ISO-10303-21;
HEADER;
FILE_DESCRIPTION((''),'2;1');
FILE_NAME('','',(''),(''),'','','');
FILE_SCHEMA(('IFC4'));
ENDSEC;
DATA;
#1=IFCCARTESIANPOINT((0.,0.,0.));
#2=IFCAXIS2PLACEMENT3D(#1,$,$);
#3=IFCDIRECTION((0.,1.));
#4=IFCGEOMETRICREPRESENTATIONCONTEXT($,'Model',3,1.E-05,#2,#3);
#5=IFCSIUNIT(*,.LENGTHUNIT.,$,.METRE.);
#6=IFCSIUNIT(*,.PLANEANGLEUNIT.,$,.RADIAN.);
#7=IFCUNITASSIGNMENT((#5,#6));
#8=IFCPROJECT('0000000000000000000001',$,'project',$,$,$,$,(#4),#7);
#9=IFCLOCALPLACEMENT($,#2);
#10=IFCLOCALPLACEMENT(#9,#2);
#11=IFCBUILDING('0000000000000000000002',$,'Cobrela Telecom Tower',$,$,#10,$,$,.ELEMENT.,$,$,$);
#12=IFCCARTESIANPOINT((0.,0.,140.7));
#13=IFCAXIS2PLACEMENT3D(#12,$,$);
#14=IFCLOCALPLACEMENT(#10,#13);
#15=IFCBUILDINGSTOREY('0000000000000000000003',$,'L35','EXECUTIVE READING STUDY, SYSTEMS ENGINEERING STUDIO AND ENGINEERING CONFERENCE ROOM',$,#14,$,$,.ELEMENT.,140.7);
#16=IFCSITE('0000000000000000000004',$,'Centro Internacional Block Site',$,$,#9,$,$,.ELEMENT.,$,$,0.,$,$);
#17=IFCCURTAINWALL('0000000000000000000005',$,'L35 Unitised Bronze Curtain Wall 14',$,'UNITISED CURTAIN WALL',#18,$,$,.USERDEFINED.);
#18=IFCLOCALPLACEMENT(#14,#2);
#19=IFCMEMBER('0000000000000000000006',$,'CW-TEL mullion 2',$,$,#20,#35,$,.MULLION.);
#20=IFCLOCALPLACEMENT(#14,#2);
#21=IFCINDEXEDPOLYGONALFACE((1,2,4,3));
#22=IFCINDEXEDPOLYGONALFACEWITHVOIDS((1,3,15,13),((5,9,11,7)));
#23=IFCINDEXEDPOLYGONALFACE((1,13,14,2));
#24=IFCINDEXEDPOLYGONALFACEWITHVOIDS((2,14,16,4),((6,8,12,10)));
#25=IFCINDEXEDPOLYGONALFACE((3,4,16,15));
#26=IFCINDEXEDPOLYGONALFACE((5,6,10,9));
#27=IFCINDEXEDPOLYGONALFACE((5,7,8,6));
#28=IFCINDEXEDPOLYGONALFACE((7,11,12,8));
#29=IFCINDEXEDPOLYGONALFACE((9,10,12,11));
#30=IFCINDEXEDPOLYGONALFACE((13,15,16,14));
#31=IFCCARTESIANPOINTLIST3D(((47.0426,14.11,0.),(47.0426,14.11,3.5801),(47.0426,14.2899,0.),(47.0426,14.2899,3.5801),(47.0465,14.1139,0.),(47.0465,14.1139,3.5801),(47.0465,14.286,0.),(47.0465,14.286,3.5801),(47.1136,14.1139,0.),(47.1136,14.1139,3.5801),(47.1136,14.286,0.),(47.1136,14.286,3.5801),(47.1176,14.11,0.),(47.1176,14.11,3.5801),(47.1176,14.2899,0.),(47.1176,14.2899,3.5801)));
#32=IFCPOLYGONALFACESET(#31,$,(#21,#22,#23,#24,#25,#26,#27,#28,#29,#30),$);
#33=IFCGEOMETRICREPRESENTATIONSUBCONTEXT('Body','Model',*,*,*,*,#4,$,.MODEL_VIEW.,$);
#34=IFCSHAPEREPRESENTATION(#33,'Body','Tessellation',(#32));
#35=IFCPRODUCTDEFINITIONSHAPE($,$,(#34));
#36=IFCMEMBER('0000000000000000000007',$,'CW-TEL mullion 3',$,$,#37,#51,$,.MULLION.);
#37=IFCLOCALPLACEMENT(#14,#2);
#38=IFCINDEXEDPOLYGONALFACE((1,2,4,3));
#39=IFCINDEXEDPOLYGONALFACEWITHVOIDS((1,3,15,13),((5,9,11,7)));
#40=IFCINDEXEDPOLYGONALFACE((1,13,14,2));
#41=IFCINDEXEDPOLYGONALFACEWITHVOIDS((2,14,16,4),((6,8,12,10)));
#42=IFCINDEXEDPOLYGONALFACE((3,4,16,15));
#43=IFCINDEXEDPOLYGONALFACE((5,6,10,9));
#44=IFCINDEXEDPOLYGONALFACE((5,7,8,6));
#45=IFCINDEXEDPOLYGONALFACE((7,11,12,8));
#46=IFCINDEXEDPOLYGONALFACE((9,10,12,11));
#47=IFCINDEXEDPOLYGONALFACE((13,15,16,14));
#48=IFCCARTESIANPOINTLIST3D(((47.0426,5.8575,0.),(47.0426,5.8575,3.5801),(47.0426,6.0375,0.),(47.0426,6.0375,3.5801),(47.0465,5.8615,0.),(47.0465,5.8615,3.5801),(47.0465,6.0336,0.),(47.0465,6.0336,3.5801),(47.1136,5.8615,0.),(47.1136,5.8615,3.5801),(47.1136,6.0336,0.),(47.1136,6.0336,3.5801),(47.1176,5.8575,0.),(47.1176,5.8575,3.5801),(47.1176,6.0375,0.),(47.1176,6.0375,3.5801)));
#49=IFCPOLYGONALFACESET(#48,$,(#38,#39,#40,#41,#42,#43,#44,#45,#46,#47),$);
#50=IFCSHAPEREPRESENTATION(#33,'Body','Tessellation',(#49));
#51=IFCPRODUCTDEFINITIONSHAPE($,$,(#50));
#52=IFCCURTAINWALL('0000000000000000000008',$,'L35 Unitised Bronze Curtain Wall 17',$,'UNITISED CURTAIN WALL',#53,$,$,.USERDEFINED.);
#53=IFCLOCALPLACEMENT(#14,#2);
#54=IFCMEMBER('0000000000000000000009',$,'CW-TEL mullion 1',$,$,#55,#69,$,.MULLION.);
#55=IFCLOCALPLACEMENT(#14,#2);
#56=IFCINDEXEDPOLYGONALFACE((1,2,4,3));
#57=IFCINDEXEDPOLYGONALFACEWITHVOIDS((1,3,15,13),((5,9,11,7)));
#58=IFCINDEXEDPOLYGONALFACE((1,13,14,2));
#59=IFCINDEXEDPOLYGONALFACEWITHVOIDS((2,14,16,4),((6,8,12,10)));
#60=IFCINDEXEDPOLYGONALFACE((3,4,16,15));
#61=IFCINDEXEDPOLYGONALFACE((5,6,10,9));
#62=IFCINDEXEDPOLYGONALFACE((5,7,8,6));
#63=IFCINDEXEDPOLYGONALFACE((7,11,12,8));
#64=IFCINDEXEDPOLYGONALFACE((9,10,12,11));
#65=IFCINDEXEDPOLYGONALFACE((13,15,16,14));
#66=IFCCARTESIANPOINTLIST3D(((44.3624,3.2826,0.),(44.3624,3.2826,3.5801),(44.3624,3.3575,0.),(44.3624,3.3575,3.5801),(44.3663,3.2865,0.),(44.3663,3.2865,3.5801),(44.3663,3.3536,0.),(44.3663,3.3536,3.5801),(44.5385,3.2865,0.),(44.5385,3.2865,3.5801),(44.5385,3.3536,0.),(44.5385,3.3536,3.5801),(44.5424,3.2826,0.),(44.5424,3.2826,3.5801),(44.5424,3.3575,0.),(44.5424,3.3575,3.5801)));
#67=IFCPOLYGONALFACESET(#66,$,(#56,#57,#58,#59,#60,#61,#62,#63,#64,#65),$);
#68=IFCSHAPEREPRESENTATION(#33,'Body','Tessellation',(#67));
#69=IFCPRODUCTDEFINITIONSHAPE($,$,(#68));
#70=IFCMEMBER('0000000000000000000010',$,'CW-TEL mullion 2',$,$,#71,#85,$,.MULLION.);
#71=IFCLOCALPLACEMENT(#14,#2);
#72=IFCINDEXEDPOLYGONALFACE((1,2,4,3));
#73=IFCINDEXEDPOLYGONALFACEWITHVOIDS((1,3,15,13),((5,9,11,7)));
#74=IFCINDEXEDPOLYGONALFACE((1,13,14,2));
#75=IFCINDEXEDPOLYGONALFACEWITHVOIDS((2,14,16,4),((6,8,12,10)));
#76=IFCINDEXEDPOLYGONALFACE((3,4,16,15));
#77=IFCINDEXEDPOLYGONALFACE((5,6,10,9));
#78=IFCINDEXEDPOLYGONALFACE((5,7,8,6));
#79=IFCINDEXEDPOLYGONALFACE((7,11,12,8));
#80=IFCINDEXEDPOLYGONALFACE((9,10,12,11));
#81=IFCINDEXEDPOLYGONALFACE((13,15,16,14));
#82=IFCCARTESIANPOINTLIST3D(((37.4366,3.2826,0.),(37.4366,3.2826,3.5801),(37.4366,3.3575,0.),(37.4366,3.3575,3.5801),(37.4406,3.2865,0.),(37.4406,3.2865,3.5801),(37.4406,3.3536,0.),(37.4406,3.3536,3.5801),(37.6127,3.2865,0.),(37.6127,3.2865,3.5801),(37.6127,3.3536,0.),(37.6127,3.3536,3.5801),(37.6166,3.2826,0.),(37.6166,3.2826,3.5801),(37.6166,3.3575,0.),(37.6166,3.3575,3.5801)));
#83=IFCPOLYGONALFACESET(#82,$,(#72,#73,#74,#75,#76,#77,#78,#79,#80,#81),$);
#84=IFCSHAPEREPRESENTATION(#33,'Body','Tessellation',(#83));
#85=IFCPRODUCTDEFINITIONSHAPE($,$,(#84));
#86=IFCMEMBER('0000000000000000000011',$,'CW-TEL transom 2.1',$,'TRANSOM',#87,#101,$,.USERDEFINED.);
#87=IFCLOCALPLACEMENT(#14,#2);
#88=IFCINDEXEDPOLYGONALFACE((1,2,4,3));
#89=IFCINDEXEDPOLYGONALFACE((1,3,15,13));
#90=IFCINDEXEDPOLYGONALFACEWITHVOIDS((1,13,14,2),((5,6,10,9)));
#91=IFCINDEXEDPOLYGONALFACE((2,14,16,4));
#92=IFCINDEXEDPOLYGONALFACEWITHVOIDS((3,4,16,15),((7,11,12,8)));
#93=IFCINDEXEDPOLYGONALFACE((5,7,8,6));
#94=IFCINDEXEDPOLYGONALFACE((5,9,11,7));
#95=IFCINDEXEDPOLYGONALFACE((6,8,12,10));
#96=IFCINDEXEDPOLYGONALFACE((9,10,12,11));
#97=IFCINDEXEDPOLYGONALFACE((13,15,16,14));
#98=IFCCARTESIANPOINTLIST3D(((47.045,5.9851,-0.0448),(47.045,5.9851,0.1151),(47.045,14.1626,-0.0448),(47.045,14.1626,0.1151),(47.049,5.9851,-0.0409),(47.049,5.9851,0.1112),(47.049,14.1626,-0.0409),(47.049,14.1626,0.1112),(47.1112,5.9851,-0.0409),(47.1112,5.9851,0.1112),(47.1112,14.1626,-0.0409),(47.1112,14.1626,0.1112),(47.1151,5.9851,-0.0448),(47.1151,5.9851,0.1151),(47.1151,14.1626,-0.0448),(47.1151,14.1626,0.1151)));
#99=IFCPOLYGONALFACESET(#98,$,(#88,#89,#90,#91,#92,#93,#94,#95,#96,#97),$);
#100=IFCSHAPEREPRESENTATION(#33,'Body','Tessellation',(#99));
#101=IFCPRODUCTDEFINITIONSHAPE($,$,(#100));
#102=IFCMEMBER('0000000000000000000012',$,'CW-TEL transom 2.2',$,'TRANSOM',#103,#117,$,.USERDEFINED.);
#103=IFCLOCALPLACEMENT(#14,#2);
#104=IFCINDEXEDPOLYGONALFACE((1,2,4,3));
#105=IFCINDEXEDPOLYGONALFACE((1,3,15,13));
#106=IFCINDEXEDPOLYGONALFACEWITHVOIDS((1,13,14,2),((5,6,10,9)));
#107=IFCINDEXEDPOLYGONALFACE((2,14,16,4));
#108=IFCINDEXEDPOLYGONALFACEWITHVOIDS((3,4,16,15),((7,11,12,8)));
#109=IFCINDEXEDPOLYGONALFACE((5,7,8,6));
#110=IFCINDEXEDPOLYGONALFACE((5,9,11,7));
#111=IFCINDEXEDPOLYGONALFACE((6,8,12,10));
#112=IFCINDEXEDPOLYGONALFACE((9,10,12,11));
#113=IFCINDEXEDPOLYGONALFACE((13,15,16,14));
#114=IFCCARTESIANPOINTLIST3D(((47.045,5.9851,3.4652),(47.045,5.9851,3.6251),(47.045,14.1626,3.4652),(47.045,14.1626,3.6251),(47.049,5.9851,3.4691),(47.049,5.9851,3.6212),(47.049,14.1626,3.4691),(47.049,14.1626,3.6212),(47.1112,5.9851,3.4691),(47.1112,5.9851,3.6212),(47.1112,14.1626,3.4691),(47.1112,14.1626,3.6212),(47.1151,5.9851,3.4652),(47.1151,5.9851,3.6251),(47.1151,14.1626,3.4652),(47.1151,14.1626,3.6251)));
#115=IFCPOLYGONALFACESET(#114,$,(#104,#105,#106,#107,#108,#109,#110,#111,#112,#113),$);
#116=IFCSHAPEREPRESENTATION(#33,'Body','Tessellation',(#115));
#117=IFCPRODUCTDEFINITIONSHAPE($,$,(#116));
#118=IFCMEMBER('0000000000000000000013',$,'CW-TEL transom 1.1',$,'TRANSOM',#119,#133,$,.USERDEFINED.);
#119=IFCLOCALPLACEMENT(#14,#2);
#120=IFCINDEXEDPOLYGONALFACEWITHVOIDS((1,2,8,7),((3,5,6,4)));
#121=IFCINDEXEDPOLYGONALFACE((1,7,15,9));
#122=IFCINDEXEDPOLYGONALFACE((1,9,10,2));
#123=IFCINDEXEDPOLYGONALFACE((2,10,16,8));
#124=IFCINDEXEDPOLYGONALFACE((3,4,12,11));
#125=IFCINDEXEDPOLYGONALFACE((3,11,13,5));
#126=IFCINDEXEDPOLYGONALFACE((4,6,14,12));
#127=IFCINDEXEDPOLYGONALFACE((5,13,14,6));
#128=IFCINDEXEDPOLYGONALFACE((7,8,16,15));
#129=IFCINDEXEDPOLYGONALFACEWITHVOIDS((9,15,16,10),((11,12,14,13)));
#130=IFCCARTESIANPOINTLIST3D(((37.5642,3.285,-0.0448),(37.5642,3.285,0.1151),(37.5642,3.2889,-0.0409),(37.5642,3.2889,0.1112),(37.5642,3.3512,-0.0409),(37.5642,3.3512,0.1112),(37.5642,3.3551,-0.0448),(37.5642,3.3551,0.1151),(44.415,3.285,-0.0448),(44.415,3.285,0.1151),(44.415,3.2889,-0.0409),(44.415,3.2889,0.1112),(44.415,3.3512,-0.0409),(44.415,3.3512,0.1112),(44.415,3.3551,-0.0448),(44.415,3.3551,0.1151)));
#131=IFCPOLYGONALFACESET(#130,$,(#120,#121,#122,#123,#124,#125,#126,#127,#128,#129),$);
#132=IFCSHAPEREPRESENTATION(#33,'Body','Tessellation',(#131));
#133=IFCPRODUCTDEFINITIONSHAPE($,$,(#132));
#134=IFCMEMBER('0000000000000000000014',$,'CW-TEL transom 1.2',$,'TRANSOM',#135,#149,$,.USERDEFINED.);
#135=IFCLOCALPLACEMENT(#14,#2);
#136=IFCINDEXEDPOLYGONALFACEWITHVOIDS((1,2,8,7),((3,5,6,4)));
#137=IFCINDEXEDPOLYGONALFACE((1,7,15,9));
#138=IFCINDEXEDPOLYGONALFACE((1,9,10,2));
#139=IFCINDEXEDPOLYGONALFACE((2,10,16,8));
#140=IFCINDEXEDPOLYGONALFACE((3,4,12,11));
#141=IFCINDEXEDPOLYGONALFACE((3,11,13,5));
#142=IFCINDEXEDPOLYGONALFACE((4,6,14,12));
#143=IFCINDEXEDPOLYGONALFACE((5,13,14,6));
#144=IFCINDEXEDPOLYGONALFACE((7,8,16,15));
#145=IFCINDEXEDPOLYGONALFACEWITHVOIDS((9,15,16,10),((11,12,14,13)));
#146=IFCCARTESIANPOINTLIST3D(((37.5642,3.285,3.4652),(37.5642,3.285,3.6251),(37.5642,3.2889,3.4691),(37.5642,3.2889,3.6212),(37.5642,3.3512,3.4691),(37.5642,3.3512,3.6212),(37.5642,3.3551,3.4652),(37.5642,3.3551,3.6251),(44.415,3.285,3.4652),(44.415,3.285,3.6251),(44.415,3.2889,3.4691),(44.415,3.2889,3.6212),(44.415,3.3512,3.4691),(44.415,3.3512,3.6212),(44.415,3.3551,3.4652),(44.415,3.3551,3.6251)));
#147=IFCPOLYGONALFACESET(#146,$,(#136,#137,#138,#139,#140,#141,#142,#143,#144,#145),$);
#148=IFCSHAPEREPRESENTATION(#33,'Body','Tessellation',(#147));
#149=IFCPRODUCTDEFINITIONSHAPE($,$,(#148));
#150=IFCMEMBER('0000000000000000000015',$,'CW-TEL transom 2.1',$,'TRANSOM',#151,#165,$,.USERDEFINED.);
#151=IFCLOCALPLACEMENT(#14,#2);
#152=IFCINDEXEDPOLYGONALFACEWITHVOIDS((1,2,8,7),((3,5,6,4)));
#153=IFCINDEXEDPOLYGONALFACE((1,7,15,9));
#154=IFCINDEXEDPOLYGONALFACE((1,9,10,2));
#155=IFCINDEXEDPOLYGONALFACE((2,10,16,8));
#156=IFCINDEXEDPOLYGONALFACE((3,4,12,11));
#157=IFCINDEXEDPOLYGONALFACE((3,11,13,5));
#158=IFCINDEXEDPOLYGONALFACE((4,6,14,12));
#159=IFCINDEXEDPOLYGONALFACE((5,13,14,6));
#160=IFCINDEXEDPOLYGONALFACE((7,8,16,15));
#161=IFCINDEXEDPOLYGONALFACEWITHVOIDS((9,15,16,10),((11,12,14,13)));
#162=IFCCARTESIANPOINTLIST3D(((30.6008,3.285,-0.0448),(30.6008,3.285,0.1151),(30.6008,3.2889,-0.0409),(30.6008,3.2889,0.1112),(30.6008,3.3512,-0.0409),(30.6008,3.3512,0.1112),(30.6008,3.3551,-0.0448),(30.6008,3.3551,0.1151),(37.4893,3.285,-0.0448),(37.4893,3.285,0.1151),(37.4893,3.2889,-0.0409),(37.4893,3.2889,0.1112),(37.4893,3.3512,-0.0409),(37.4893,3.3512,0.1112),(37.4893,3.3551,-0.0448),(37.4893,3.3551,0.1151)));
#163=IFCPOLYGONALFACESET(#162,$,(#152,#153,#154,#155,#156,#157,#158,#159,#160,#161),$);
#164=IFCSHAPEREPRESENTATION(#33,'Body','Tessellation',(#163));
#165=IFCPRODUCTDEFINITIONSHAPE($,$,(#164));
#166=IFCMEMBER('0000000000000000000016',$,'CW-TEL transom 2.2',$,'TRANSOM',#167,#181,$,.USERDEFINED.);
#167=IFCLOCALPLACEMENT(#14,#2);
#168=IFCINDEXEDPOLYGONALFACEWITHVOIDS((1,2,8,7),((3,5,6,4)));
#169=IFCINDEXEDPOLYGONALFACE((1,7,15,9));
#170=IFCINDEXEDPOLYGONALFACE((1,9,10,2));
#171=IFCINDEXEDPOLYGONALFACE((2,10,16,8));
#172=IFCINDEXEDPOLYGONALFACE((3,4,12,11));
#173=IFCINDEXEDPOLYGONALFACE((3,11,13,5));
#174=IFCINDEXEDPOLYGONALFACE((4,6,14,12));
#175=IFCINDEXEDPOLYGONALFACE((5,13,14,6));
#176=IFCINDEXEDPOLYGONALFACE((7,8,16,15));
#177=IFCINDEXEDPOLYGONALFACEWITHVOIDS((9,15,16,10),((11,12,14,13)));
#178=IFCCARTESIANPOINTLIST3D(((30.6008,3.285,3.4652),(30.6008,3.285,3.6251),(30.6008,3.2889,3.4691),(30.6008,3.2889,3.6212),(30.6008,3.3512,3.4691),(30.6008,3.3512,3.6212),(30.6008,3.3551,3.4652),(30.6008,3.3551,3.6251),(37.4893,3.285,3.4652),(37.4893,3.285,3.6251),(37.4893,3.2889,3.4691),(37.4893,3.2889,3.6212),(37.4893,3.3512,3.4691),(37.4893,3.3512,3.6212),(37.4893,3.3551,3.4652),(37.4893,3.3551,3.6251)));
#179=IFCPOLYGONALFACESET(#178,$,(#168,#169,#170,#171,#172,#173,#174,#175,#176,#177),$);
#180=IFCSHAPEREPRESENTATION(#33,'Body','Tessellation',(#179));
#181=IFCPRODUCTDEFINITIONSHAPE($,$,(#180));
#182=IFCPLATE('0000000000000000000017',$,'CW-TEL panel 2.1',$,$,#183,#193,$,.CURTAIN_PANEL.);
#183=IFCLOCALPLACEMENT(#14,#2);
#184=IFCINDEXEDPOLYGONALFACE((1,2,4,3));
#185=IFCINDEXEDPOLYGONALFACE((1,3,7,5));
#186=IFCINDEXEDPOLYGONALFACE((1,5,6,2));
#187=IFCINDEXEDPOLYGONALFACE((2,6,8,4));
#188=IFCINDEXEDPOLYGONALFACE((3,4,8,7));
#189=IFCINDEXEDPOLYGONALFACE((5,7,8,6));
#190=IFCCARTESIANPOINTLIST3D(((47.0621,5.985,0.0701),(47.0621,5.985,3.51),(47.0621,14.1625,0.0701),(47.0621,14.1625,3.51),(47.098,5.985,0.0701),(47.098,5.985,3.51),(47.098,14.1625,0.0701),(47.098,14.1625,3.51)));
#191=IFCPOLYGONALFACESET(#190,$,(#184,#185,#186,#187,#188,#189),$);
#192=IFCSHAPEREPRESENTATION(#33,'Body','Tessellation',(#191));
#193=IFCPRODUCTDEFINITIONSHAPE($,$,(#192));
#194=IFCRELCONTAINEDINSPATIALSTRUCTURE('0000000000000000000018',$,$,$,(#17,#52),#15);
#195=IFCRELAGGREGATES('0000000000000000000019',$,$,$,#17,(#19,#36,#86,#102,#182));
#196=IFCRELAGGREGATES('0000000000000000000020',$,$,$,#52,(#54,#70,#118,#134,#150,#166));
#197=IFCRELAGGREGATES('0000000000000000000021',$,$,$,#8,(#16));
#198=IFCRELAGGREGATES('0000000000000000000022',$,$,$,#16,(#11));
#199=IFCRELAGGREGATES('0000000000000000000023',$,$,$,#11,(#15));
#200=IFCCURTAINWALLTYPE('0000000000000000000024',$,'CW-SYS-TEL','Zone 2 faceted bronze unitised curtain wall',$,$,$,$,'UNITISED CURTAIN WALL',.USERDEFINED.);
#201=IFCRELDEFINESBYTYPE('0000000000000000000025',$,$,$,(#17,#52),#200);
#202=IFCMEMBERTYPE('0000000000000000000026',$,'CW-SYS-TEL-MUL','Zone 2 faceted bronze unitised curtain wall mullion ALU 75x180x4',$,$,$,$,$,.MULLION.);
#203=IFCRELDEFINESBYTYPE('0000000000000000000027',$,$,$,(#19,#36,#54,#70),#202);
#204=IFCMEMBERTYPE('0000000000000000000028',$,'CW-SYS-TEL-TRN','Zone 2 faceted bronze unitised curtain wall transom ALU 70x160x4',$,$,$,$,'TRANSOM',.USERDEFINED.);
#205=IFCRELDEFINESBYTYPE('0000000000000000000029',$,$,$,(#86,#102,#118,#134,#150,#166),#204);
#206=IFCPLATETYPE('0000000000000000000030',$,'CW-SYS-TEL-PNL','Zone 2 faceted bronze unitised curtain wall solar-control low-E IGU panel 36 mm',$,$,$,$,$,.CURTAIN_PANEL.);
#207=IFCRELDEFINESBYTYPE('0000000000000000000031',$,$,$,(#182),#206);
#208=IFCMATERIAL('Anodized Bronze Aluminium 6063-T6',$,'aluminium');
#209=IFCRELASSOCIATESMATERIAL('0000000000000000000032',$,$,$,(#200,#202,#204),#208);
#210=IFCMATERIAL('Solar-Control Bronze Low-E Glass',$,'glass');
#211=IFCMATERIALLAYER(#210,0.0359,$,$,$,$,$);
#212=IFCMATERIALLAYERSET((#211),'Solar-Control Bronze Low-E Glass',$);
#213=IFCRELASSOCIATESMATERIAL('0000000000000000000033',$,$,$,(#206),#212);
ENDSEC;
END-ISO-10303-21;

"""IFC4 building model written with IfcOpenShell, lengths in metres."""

from ifc_helpers import new_model, si_unit, direction, frame, origin, origin_2d, place, context, subcontext, project, spatial, rectangle, hollow_rectangle, extrude, material, layer, layer_set, material_profile, profile_set, type_object, element, aggregate, save


model = new_model("IFC4")

# Units and contexts
model_context = context("Model", 3, precision=1e-05, world=origin(), true_north=direction((0.0, 1.0)))
body_context = subcontext(model_context, "Body", "Model", "MODEL_VIEW")
ifc_project = project(units=[si_unit("LENGTHUNIT", "METRE"), si_unit("PLANEANGLEUNIT", "RADIAN")], contexts=[model_context])

# Site, building, storey
site_placement = place(None, origin())
site = spatial("IfcSite", under=ifc_project, at=site_placement, Name="Centro Internacional Block Site", CompositionType="ELEMENT", RefElevation=0.0)
building_placement = place(site_placement, origin())
building = spatial("IfcBuilding", under=site, at=building_placement, Name="Cobrela Telecom Tower", CompositionType="ELEMENT")
storey_placement = place(building_placement, frame((0.0, 0.0, 140.7)))
storey = spatial("IfcBuildingStorey", under=building, at=storey_placement, Name="L35", Description="EXECUTIVE READING STUDY, SYSTEMS ENGINEERING STUDIO AND ENGINEERING CONFERENCE ROOM", CompositionType="ELEMENT", Elevation=140.7)

# Curtain walls, members
ifc_material_1 = material(Name="Anodized Bronze Aluminium 6063-T6", Category="aluminium")
curtain_wall_type = type_object("IfcCurtainWallType", Name="CW-SYS-TEL", Description="Zone 2 faceted bronze unitised curtain wall", ElementType="UNITISED CURTAIN WALL", PredefinedType="USERDEFINED", material=ifc_material_1)
curtain_wall_1_placement = place(storey_placement, origin())
curtain_wall_1 = element("IfcCurtainWall", 1, at=curtain_wall_1_placement, inside=storey, type_object=curtain_wall_type, Name="L35 Unitised Bronze Curtain Wall 14", ObjectType="UNITISED CURTAIN WALL", PredefinedType="USERDEFINED")
ifc_material_profile_1 = material_profile(ifc_material_1, hollow_rectangle(XDim=0.075, YDim=0.1799, WallThickness=0.0039, at=origin_2d()), Name="ALU 75x180x4")
ifc_profile_set_1 = profile_set([ifc_material_profile_1], Name="Anodized Bronze Aluminium 6063-T6")
member_type_1 = type_object("IfcMemberType", Name="CW-SYS-TEL-MUL", Description="Zone 2 faceted bronze unitised curtain wall mullion ALU 75x180x4", PredefinedType="MULLION", material=ifc_profile_set_1)
member_1_placement = place(storey_placement, frame((47.0801, 14.2, 0.0), z_axis=(0.0, 0.0, 1.0), x_axis=(1.0, 0.0, 0.0)))
member_1 = element("IfcMember", 2, at=member_1_placement, type_object=member_type_1, Name="CW-TEL mullion 2", PredefinedType="MULLION", context=body_context, shape_type="SweptSolid", body=[
    extrude(hollow_rectangle(XDim=0.075, YDim=0.1799, WallThickness=0.0039, at=origin_2d()), origin(), (0.0, 0.0, 1.0), 3.5801),
])
member_2_placement = place(storey_placement, frame((47.0801, 5.9475, 0.0), z_axis=(0.0, 0.0, 1.0), x_axis=(1.0, 0.0, 0.0)))
member_2 = element("IfcMember", 3, at=member_2_placement, type_object=member_type_1, Name="CW-TEL mullion 3", PredefinedType="MULLION", context=body_context, shape_type="SweptSolid", body=[
    extrude(hollow_rectangle(XDim=0.075, YDim=0.1799, WallThickness=0.0039, at=origin_2d()), origin(), (0.0, 0.0, 1.0), 3.5801),
])
curtain_wall_2_placement = place(storey_placement, origin())
curtain_wall_2 = element("IfcCurtainWall", 4, at=curtain_wall_2_placement, inside=storey, type_object=curtain_wall_type, Name="L35 Unitised Bronze Curtain Wall 17", ObjectType="UNITISED CURTAIN WALL", PredefinedType="USERDEFINED")
member_3_placement = place(storey_placement, frame((44.4524, 3.3201, 0.0), z_axis=(0.0, 0.0, 1.0), x_axis=(0.0, -1.0, 0.0)))
member_3 = element("IfcMember", 5, at=member_3_placement, type_object=member_type_1, Name="CW-TEL mullion 1", PredefinedType="MULLION", context=body_context, shape_type="SweptSolid", body=[
    extrude(hollow_rectangle(XDim=0.075, YDim=0.1799, WallThickness=0.0039, at=origin_2d()), origin(), (0.0, 0.0, 1.0), 3.5801),
])
member_4_placement = place(storey_placement, frame((37.5266, 3.3201, 0.0), z_axis=(0.0, 0.0, 1.0), x_axis=(0.0, -1.0, 0.0)))
member_4 = element("IfcMember", 6, at=member_4_placement, type_object=member_type_1, Name="CW-TEL mullion 2", PredefinedType="MULLION", context=body_context, shape_type="SweptSolid", body=[
    extrude(hollow_rectangle(XDim=0.075, YDim=0.1799, WallThickness=0.0039, at=origin_2d()), origin(), (0.0, 0.0, 1.0), 3.5801),
])

# Members
ifc_material_profile_2 = material_profile(ifc_material_1, hollow_rectangle(XDim=0.0701, YDim=0.1599, WallThickness=0.0039, at=origin_2d()), Name="ALU 70x160x4")
ifc_profile_set_2 = profile_set([ifc_material_profile_2], Name="Anodized Bronze Aluminium 6063-T6")
member_type_2 = type_object("IfcMemberType", Name="CW-SYS-TEL-TRN", Description="Zone 2 faceted bronze unitised curtain wall transom ALU 70x160x4", ElementType="TRANSOM", PredefinedType="USERDEFINED", material=ifc_profile_set_2)
member_5_placement = place(storey_placement, frame((47.0801, 14.1626, 0.0352), z_axis=(0.0, -1.0, 0.0), x_axis=(1.0, 0.0, 0.0)))
member_5 = element("IfcMember", 7, at=member_5_placement, type_object=member_type_2, Name="CW-TEL transom 2.1", ObjectType="TRANSOM", PredefinedType="USERDEFINED", context=body_context, shape_type="SweptSolid", body=[
    extrude(hollow_rectangle(XDim=0.0701, YDim=0.1599, WallThickness=0.0039, at=origin_2d()), origin(), (0.0, 0.0, 1.0), 8.1775),
])
member_6_placement = place(storey_placement, frame((47.0801, 14.1626, 3.5452), z_axis=(0.0, -1.0, 0.0), x_axis=(1.0, 0.0, 0.0)))
member_6 = element("IfcMember", 8, at=member_6_placement, type_object=member_type_2, Name="CW-TEL transom 2.2", ObjectType="TRANSOM", PredefinedType="USERDEFINED", context=body_context, shape_type="SweptSolid", body=[
    extrude(hollow_rectangle(XDim=0.0701, YDim=0.1599, WallThickness=0.0039, at=origin_2d()), origin(), (0.0, 0.0, 1.0), 8.1775),
])
member_7_placement = place(storey_placement, frame((44.415, 3.3201, 0.0352), z_axis=(-1.0, 0.0, 0.0), x_axis=(0.0, -1.0, 0.0)))
member_7 = element("IfcMember", 9, at=member_7_placement, type_object=member_type_2, Name="CW-TEL transom 1.1", ObjectType="TRANSOM", PredefinedType="USERDEFINED", context=body_context, shape_type="SweptSolid", body=[
    extrude(hollow_rectangle(XDim=0.0701, YDim=0.1599, WallThickness=0.0039, at=origin_2d()), origin(), (0.0, 0.0, 1.0), 6.8508),
])
member_8_placement = place(storey_placement, frame((44.415, 3.3201, 3.5452), z_axis=(-1.0, 0.0, 0.0), x_axis=(0.0, -1.0, 0.0)))
member_8 = element("IfcMember", 10, at=member_8_placement, type_object=member_type_2, Name="CW-TEL transom 1.2", ObjectType="TRANSOM", PredefinedType="USERDEFINED", context=body_context, shape_type="SweptSolid", body=[
    extrude(hollow_rectangle(XDim=0.0701, YDim=0.1599, WallThickness=0.0039, at=origin_2d()), origin(), (0.0, 0.0, 1.0), 6.8508),
])
member_9_placement = place(storey_placement, frame((37.4893, 3.3201, 0.0352), z_axis=(-1.0, 0.0, 0.0), x_axis=(0.0, -1.0, 0.0)))
member_9 = element("IfcMember", 11, at=member_9_placement, type_object=member_type_2, Name="CW-TEL transom 2.1", ObjectType="TRANSOM", PredefinedType="USERDEFINED", context=body_context, shape_type="SweptSolid", body=[
    extrude(hollow_rectangle(XDim=0.0701, YDim=0.1599, WallThickness=0.0039, at=origin_2d()), origin(), (0.0, 0.0, 1.0), 6.8884),
])
member_10_placement = place(storey_placement, frame((37.4893, 3.3201, 3.5452), z_axis=(-1.0, 0.0, 0.0), x_axis=(0.0, -1.0, 0.0)))
member_10 = element("IfcMember", 12, at=member_10_placement, type_object=member_type_2, Name="CW-TEL transom 2.2", ObjectType="TRANSOM", PredefinedType="USERDEFINED", context=body_context, shape_type="SweptSolid", body=[
    extrude(hollow_rectangle(XDim=0.0701, YDim=0.1599, WallThickness=0.0039, at=origin_2d()), origin(), (0.0, 0.0, 1.0), 6.8884),
])

# Plate
ifc_material_2 = material(Name="Solar-Control Bronze Low-E Glass", Category="glass")
ifc_layer_1 = layer(ifc_material_2, 0.0359)
ifc_layer_set_1 = layer_set([ifc_layer_1], Name="Solar-Control Bronze Low-E Glass")
plate_type = type_object("IfcPlateType", Name="CW-SYS-TEL-PNL", Description="Zone 2 faceted bronze unitised curtain wall solar-control low-E IGU panel 36 mm", PredefinedType="CURTAIN_PANEL", material=ifc_layer_set_1)
plate_1_placement = place(storey_placement, frame((47.0801, 10.0737, 0.0701), z_axis=(0.0, 0.0, 1.0), x_axis=(0.0, -1.0, 0.0)))
plate_1 = element("IfcPlate", 13, at=plate_1_placement, type_object=plate_type, Name="CW-TEL panel 2.1", PredefinedType="CURTAIN_PANEL", context=body_context, shape_type="SweptSolid", body=[
    extrude(rectangle(XDim=8.1775, YDim=0.0359, at=origin_2d()), origin(), (0.0, 0.0, 1.0), 3.4399),
])
aggregate(curtain_wall_1, [member_1, member_2, member_5, member_6, plate_1])
aggregate(curtain_wall_2, [member_3, member_4, member_7, member_8, member_9, member_10])

save(model, "model.ifc")
